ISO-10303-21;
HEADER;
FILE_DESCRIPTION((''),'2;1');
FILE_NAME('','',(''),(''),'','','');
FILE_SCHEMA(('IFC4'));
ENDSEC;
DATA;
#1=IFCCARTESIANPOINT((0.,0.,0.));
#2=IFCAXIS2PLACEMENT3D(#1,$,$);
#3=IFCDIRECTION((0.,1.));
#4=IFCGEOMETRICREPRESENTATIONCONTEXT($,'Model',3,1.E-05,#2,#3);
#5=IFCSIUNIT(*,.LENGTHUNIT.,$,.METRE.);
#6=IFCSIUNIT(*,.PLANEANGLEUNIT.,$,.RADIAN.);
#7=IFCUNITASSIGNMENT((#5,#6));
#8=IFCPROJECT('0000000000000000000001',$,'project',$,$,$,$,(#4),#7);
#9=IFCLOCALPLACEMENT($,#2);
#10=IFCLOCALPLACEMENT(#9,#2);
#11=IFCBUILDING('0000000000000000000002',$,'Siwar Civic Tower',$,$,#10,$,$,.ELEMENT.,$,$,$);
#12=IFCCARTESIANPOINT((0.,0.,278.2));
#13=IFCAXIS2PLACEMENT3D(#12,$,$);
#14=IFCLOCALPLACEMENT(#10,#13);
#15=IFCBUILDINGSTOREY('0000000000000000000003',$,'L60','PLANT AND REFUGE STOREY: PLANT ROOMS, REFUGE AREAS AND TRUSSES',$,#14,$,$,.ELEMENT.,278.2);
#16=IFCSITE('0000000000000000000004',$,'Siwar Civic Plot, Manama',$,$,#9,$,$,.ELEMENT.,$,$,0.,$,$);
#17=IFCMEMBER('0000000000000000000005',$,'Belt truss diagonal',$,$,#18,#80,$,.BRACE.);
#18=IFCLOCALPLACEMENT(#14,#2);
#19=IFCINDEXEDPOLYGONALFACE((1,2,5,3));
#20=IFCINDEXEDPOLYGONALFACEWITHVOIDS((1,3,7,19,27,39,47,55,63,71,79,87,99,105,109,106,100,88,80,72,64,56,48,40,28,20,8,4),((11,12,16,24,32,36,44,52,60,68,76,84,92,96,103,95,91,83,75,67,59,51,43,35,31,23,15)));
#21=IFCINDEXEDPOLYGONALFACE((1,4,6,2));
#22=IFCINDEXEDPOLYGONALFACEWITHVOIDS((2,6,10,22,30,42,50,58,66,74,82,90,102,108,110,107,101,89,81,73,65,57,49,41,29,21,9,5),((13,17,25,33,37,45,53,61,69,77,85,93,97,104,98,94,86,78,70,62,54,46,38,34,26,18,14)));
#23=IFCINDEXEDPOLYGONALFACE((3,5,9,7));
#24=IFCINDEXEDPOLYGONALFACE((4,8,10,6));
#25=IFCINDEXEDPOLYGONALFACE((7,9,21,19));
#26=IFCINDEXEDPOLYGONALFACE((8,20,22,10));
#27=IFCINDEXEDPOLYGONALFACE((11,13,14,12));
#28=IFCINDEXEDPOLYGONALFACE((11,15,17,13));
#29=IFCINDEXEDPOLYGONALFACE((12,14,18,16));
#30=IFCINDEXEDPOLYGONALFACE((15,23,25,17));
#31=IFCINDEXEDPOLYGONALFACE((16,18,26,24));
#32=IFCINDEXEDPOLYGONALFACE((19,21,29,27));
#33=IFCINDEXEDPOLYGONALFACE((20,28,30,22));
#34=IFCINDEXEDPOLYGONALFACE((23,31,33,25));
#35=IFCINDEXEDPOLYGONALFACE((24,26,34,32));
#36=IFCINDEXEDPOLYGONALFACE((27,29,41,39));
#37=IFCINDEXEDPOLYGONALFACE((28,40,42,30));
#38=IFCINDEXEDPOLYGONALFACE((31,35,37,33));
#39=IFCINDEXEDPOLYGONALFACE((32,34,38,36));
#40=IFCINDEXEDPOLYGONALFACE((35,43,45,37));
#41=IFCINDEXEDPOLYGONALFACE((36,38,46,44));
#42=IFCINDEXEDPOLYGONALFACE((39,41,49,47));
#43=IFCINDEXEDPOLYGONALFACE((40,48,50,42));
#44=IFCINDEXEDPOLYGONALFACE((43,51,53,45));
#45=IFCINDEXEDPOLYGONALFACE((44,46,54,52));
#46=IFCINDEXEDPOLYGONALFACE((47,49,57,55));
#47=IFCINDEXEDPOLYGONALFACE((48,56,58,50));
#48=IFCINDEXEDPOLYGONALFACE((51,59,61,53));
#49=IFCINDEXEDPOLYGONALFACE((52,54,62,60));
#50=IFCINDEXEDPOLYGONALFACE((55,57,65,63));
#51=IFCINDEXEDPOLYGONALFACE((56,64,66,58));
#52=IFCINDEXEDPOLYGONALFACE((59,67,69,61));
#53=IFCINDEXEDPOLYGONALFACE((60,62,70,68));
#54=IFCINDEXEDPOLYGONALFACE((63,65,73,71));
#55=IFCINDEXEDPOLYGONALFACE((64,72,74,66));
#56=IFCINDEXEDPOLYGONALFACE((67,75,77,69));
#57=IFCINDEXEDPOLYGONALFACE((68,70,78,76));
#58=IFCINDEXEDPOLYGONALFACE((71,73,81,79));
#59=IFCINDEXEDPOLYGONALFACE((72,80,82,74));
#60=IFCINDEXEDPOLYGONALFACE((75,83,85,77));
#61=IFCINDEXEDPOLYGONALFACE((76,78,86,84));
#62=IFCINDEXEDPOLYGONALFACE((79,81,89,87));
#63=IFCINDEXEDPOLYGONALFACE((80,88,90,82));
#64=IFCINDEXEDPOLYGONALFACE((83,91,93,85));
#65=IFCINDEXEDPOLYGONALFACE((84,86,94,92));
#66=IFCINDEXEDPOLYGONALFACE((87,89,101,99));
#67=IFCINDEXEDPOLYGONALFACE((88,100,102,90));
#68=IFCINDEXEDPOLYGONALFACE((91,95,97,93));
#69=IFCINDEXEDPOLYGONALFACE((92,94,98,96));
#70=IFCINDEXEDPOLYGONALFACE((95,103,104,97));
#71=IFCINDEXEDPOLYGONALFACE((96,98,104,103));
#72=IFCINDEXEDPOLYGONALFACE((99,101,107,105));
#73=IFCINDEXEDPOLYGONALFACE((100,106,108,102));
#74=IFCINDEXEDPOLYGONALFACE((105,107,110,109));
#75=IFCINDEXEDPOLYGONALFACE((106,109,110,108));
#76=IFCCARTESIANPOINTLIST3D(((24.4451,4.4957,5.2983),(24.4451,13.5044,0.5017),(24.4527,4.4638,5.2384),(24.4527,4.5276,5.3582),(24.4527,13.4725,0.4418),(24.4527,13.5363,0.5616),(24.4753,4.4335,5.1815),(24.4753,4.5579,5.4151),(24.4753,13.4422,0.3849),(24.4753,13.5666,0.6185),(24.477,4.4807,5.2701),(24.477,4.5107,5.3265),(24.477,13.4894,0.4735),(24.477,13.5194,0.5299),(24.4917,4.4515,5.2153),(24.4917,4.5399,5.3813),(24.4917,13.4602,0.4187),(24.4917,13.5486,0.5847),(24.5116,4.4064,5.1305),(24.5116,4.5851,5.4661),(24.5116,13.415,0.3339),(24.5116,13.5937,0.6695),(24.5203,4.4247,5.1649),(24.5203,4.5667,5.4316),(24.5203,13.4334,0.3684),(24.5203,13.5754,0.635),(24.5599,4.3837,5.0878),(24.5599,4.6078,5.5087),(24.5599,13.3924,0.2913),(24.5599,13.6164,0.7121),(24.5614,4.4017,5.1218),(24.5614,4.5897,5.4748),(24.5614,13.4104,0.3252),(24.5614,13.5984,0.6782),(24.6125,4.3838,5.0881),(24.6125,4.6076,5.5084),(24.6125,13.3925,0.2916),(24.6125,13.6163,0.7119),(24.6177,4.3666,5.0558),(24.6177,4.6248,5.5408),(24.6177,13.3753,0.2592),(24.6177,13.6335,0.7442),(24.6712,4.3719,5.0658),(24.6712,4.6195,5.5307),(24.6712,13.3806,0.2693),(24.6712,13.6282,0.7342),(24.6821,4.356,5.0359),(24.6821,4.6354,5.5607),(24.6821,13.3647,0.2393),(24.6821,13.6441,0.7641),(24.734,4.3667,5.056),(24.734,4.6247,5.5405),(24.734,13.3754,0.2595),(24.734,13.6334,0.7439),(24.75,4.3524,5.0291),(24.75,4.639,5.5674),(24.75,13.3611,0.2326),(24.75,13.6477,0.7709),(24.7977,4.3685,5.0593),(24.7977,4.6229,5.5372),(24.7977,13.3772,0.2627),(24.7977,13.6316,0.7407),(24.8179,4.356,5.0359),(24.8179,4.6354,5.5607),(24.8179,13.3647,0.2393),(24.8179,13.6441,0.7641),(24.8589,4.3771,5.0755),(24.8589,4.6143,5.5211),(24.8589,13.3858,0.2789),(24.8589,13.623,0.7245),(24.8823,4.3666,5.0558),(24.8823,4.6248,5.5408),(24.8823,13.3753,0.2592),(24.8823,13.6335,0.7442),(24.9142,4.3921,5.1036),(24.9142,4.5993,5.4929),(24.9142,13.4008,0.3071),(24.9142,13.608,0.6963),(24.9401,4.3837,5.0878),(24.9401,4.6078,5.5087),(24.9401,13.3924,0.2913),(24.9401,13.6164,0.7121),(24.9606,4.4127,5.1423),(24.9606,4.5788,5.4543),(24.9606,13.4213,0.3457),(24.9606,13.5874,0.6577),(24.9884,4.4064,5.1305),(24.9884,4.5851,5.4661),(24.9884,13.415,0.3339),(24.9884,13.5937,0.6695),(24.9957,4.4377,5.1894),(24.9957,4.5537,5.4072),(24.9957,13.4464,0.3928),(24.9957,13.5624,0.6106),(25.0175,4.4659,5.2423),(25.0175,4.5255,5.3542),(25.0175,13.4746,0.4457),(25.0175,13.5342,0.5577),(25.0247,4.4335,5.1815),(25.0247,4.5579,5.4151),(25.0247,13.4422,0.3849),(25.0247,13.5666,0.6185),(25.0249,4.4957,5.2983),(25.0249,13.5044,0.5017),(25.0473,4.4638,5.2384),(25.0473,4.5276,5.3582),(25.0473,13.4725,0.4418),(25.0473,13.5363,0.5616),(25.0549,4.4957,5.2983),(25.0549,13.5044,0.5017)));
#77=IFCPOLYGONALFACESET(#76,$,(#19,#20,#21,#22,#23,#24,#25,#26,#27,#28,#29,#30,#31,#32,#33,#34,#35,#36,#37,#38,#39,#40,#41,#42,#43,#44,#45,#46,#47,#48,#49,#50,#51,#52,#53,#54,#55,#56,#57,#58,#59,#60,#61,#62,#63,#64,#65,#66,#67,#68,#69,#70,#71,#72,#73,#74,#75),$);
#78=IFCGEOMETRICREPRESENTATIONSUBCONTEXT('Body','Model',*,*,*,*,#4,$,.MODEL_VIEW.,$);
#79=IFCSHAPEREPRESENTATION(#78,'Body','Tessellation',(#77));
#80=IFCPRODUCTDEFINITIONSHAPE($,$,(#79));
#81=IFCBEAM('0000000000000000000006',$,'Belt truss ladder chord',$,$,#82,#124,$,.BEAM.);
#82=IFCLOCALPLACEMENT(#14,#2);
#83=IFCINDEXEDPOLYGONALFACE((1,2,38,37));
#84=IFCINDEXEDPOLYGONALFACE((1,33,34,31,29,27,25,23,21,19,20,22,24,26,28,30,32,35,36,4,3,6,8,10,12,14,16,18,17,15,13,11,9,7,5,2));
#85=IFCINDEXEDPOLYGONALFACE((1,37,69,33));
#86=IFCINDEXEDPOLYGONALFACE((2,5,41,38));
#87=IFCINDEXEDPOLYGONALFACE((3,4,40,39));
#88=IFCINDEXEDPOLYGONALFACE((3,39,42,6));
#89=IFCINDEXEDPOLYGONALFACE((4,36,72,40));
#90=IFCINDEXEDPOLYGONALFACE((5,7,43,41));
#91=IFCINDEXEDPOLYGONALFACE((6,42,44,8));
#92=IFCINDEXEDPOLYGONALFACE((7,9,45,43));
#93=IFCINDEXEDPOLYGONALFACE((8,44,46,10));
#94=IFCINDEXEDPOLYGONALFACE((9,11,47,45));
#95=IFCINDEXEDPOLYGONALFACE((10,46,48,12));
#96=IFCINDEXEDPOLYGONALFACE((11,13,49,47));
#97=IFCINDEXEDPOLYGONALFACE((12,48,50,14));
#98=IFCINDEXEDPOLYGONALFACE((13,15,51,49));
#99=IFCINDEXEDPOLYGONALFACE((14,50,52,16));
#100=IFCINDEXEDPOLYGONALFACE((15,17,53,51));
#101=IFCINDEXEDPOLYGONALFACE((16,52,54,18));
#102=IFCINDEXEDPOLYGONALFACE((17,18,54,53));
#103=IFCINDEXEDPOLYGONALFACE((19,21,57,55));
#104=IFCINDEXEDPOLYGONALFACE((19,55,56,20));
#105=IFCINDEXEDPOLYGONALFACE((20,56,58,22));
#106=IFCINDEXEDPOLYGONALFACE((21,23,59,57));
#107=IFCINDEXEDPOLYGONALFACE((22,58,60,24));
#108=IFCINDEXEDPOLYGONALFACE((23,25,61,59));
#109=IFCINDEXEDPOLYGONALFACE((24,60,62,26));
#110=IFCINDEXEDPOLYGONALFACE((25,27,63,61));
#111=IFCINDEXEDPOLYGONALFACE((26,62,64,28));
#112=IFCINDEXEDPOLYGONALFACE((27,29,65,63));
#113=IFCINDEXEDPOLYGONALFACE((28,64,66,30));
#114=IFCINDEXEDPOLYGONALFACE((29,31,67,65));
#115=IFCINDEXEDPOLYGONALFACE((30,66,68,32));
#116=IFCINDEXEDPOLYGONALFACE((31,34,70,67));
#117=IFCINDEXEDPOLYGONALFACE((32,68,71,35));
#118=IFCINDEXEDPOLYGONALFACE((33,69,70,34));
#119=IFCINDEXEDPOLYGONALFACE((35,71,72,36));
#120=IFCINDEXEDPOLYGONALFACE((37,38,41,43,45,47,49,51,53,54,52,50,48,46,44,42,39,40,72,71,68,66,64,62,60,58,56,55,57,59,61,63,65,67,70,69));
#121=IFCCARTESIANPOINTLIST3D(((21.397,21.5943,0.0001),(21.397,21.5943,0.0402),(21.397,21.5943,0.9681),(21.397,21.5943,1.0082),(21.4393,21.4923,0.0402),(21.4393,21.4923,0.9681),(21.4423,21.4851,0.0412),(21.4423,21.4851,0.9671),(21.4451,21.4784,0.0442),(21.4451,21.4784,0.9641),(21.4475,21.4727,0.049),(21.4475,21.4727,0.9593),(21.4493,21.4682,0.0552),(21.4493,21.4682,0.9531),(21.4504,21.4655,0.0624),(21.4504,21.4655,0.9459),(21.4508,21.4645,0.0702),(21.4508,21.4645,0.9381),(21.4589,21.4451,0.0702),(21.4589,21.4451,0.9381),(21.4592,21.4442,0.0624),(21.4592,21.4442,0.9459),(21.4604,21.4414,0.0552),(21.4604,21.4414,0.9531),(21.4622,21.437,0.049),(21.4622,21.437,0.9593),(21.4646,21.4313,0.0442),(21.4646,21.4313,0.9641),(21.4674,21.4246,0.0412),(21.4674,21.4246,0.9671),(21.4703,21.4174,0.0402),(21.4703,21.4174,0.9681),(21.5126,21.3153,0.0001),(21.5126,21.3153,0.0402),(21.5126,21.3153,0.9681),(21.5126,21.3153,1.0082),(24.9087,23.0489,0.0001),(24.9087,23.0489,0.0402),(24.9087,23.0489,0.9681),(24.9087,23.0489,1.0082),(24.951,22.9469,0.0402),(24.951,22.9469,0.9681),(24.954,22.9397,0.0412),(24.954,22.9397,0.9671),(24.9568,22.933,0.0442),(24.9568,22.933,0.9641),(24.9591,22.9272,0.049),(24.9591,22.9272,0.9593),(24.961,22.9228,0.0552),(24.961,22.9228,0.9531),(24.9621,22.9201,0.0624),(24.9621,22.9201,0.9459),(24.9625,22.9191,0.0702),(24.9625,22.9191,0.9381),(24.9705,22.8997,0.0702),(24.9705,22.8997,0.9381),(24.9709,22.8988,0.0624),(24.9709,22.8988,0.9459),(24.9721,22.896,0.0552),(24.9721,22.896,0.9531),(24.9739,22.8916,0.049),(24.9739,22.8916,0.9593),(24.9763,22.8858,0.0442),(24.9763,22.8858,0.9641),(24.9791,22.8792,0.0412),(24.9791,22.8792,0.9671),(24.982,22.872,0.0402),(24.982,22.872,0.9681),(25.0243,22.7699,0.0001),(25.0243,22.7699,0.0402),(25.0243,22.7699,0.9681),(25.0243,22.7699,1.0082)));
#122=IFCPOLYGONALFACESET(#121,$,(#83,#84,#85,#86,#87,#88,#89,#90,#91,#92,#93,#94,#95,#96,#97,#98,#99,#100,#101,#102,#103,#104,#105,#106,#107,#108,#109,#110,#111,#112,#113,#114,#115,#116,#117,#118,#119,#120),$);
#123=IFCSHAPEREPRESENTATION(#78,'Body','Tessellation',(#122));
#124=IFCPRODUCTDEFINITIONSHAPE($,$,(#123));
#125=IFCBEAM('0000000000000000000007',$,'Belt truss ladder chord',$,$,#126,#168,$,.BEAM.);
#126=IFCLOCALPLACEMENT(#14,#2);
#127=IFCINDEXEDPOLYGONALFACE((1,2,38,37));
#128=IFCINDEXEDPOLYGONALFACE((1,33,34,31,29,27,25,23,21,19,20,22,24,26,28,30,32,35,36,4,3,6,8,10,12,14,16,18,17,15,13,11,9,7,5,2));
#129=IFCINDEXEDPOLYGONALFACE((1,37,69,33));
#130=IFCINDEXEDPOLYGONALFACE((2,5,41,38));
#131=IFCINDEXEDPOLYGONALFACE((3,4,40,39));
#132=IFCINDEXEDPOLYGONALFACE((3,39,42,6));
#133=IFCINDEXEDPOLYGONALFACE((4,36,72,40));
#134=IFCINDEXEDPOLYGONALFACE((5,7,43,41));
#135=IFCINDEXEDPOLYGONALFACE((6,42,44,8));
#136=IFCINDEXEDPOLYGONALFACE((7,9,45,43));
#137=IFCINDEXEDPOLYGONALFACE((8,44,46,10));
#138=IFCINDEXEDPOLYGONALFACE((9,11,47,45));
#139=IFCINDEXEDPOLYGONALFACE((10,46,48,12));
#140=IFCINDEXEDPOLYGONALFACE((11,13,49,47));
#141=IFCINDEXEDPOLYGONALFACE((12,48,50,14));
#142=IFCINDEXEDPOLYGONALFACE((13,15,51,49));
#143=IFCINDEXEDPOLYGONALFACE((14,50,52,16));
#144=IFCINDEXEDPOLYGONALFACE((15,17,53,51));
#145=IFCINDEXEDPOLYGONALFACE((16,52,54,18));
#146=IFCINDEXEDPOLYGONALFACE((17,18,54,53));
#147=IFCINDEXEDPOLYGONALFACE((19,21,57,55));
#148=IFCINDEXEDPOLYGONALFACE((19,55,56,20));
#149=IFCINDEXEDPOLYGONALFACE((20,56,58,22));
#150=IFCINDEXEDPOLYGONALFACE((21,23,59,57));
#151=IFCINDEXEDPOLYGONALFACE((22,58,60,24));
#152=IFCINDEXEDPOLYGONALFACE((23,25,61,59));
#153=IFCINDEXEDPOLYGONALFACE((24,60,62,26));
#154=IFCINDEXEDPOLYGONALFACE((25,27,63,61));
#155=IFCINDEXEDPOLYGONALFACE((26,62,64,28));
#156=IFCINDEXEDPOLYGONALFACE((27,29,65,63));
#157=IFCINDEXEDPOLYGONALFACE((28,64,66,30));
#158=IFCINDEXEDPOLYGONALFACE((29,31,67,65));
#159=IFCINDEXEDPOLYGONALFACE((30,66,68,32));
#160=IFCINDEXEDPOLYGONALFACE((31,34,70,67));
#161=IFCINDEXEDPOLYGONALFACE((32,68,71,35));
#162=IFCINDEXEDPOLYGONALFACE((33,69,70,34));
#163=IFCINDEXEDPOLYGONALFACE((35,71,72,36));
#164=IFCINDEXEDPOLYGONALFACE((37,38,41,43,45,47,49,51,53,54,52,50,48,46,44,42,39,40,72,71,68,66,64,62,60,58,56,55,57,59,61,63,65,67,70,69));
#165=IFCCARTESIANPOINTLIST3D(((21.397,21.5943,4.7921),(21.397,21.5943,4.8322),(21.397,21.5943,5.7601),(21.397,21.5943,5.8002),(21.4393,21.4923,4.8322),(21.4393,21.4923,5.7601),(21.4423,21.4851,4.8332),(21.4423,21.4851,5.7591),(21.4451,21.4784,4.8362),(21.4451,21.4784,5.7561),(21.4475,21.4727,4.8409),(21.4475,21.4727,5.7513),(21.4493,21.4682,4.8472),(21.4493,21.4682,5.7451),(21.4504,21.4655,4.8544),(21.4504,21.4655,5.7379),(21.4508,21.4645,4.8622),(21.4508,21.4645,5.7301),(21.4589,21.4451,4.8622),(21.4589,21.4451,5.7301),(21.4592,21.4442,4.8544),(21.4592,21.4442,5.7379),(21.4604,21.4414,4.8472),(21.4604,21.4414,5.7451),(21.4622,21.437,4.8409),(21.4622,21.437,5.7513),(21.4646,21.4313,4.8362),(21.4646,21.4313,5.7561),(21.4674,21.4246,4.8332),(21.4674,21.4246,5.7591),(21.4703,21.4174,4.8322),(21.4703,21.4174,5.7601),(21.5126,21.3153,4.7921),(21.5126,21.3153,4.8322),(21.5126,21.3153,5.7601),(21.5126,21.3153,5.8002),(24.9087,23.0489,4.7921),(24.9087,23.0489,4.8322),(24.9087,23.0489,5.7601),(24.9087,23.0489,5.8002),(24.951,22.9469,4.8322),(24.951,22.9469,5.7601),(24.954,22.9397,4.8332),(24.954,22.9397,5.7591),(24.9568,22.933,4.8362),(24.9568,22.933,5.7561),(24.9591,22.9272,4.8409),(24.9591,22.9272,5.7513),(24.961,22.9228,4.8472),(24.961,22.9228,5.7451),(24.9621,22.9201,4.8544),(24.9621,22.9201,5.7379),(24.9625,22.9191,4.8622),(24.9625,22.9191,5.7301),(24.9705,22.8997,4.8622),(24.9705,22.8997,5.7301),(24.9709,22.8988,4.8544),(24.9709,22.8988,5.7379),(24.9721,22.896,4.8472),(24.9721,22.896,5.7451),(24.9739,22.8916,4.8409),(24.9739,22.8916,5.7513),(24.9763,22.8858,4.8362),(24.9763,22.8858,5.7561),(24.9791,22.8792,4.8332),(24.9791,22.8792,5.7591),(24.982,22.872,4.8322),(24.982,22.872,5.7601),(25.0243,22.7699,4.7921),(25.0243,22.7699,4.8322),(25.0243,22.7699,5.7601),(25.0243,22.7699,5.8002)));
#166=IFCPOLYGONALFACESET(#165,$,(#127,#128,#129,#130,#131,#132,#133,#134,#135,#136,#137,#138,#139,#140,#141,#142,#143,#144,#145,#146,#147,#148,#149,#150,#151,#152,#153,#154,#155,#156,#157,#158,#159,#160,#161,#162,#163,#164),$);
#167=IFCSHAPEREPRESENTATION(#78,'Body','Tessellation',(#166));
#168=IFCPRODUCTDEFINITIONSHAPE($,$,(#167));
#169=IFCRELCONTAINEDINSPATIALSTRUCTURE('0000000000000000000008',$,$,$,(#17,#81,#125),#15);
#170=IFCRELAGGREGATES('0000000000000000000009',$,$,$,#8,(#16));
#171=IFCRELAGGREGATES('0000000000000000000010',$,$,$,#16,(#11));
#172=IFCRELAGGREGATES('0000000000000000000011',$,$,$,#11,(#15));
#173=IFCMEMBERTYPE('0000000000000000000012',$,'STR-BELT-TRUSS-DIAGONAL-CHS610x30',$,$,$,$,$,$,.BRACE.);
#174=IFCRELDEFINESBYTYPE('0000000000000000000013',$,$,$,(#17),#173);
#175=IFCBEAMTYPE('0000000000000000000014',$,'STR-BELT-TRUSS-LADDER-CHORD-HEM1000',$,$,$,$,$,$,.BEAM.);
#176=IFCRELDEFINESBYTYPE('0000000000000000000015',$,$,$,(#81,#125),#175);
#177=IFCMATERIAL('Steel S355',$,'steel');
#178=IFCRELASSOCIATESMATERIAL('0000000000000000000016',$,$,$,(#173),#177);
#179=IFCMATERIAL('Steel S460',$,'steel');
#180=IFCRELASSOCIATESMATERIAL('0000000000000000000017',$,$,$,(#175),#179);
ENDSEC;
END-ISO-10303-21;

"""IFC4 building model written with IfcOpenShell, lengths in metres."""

from ifc_helpers import new_model, si_unit, direction, frame, origin, origin_2d, place, context, subcontext, project, spatial, hollow_circle, i_section, extrude, material, material_profile, profile_set, type_object, element, save


model = new_model("IFC4")

# Units and contexts
model_context = context("Model", 3, precision=1e-05, world=origin(), true_north=direction((0.0, 1.0)))
body_context = subcontext(model_context, "Body", "Model", "MODEL_VIEW")
ifc_project = project(units=[si_unit("LENGTHUNIT", "METRE"), si_unit("PLANEANGLEUNIT", "RADIAN")], contexts=[model_context])

# Site, building, storey
site_placement = place(None, origin())
site = spatial("IfcSite", under=ifc_project, at=site_placement, Name="Siwar Civic Plot, Manama", CompositionType="ELEMENT", RefElevation=0.0)
building_placement = place(site_placement, origin())
building = spatial("IfcBuilding", under=site, at=building_placement, Name="Siwar Civic Tower", CompositionType="ELEMENT")
storey_placement = place(building_placement, frame((0.0, 0.0, 278.2)))
storey = spatial("IfcBuildingStorey", under=building, at=storey_placement, Name="L60", Description="PLANT AND REFUGE STOREY: PLANT ROOMS, REFUGE AREAS AND TRUSSES", CompositionType="ELEMENT", Elevation=278.2)

# Member
ifc_material_1 = material(Name="Steel S355", Category="steel")
ifc_material_profile_1 = material_profile(ifc_material_1, hollow_circle(Radius=0.3049, WallThickness=0.03, at=origin_2d()), Name="CHS610x30")
ifc_profile_set_1 = profile_set([ifc_material_profile_1], Name="Steel S355")
member_type_1 = type_object("IfcMemberType", Name="STR-BELT-TRUSS-DIAGONAL-CHS610x30", PredefinedType="BRACE", material=ifc_profile_set_1)
member_1_placement = place(storey_placement, frame((24.75, 13.5044, 0.5017), z_axis=(0.0, -0.882681, 0.469974), x_axis=(1.0, 0.0, 0.0)))
element("IfcMember", 1, at=member_1_placement, inside=storey, type_object=member_type_1, Name="Belt truss diagonal", PredefinedType="BRACE", context=body_context, shape_type="SweptSolid", body=[
    extrude(hollow_circle(Radius=0.3049, WallThickness=0.03, at=origin_2d()), origin(), (0.0, 0.0, 1.0), 10.2061),
])

# Beams
ifc_material_2 = material(Name="Steel S460", Category="steel")
ifc_material_profile_2 = material_profile(ifc_material_2, i_section(OverallWidth=0.302, OverallDepth=1.0081, WebThickness=0.021, FlangeThickness=0.04, FilletRadius=0.03, at=origin_2d()), Name="HEM1000")
ifc_profile_set_2 = profile_set([ifc_material_profile_2], Name="Steel S460")
beam_type_1 = type_object("IfcBeamType", Name="STR-BELT-TRUSS-LADDER-CHORD-HEM1000", PredefinedType="BEAM", material=ifc_profile_set_2)
for number, where, z_axis, x_axis, name in (
    (2, (21.4548, 21.4548, 0.5042), (0.923881, 0.382681, 0.0), (-0.382681, 0.923881, 0.0), "Belt truss ladder chord"),
    (3, (21.4548, 21.4548, 5.2961), (0.923881, 0.382681, 0.0), (-0.382681, 0.923881, 0.0), "Belt truss ladder chord"),
):
    element("IfcBeam", number, at=place(storey_placement, frame(where, z_axis=z_axis, x_axis=x_axis)), inside=storey, type_object=beam_type_1, Name=name, PredefinedType="BEAM", context=body_context, shape_type="SweptSolid", body=[
        extrude(i_section(OverallWidth=0.302, OverallDepth=1.0081, WebThickness=0.021, FlangeThickness=0.04, FilletRadius=0.03, at=origin_2d()), origin(), (0.0, 0.0, 1.0), 3.801),
    ])

save(model, "model.ifc")
